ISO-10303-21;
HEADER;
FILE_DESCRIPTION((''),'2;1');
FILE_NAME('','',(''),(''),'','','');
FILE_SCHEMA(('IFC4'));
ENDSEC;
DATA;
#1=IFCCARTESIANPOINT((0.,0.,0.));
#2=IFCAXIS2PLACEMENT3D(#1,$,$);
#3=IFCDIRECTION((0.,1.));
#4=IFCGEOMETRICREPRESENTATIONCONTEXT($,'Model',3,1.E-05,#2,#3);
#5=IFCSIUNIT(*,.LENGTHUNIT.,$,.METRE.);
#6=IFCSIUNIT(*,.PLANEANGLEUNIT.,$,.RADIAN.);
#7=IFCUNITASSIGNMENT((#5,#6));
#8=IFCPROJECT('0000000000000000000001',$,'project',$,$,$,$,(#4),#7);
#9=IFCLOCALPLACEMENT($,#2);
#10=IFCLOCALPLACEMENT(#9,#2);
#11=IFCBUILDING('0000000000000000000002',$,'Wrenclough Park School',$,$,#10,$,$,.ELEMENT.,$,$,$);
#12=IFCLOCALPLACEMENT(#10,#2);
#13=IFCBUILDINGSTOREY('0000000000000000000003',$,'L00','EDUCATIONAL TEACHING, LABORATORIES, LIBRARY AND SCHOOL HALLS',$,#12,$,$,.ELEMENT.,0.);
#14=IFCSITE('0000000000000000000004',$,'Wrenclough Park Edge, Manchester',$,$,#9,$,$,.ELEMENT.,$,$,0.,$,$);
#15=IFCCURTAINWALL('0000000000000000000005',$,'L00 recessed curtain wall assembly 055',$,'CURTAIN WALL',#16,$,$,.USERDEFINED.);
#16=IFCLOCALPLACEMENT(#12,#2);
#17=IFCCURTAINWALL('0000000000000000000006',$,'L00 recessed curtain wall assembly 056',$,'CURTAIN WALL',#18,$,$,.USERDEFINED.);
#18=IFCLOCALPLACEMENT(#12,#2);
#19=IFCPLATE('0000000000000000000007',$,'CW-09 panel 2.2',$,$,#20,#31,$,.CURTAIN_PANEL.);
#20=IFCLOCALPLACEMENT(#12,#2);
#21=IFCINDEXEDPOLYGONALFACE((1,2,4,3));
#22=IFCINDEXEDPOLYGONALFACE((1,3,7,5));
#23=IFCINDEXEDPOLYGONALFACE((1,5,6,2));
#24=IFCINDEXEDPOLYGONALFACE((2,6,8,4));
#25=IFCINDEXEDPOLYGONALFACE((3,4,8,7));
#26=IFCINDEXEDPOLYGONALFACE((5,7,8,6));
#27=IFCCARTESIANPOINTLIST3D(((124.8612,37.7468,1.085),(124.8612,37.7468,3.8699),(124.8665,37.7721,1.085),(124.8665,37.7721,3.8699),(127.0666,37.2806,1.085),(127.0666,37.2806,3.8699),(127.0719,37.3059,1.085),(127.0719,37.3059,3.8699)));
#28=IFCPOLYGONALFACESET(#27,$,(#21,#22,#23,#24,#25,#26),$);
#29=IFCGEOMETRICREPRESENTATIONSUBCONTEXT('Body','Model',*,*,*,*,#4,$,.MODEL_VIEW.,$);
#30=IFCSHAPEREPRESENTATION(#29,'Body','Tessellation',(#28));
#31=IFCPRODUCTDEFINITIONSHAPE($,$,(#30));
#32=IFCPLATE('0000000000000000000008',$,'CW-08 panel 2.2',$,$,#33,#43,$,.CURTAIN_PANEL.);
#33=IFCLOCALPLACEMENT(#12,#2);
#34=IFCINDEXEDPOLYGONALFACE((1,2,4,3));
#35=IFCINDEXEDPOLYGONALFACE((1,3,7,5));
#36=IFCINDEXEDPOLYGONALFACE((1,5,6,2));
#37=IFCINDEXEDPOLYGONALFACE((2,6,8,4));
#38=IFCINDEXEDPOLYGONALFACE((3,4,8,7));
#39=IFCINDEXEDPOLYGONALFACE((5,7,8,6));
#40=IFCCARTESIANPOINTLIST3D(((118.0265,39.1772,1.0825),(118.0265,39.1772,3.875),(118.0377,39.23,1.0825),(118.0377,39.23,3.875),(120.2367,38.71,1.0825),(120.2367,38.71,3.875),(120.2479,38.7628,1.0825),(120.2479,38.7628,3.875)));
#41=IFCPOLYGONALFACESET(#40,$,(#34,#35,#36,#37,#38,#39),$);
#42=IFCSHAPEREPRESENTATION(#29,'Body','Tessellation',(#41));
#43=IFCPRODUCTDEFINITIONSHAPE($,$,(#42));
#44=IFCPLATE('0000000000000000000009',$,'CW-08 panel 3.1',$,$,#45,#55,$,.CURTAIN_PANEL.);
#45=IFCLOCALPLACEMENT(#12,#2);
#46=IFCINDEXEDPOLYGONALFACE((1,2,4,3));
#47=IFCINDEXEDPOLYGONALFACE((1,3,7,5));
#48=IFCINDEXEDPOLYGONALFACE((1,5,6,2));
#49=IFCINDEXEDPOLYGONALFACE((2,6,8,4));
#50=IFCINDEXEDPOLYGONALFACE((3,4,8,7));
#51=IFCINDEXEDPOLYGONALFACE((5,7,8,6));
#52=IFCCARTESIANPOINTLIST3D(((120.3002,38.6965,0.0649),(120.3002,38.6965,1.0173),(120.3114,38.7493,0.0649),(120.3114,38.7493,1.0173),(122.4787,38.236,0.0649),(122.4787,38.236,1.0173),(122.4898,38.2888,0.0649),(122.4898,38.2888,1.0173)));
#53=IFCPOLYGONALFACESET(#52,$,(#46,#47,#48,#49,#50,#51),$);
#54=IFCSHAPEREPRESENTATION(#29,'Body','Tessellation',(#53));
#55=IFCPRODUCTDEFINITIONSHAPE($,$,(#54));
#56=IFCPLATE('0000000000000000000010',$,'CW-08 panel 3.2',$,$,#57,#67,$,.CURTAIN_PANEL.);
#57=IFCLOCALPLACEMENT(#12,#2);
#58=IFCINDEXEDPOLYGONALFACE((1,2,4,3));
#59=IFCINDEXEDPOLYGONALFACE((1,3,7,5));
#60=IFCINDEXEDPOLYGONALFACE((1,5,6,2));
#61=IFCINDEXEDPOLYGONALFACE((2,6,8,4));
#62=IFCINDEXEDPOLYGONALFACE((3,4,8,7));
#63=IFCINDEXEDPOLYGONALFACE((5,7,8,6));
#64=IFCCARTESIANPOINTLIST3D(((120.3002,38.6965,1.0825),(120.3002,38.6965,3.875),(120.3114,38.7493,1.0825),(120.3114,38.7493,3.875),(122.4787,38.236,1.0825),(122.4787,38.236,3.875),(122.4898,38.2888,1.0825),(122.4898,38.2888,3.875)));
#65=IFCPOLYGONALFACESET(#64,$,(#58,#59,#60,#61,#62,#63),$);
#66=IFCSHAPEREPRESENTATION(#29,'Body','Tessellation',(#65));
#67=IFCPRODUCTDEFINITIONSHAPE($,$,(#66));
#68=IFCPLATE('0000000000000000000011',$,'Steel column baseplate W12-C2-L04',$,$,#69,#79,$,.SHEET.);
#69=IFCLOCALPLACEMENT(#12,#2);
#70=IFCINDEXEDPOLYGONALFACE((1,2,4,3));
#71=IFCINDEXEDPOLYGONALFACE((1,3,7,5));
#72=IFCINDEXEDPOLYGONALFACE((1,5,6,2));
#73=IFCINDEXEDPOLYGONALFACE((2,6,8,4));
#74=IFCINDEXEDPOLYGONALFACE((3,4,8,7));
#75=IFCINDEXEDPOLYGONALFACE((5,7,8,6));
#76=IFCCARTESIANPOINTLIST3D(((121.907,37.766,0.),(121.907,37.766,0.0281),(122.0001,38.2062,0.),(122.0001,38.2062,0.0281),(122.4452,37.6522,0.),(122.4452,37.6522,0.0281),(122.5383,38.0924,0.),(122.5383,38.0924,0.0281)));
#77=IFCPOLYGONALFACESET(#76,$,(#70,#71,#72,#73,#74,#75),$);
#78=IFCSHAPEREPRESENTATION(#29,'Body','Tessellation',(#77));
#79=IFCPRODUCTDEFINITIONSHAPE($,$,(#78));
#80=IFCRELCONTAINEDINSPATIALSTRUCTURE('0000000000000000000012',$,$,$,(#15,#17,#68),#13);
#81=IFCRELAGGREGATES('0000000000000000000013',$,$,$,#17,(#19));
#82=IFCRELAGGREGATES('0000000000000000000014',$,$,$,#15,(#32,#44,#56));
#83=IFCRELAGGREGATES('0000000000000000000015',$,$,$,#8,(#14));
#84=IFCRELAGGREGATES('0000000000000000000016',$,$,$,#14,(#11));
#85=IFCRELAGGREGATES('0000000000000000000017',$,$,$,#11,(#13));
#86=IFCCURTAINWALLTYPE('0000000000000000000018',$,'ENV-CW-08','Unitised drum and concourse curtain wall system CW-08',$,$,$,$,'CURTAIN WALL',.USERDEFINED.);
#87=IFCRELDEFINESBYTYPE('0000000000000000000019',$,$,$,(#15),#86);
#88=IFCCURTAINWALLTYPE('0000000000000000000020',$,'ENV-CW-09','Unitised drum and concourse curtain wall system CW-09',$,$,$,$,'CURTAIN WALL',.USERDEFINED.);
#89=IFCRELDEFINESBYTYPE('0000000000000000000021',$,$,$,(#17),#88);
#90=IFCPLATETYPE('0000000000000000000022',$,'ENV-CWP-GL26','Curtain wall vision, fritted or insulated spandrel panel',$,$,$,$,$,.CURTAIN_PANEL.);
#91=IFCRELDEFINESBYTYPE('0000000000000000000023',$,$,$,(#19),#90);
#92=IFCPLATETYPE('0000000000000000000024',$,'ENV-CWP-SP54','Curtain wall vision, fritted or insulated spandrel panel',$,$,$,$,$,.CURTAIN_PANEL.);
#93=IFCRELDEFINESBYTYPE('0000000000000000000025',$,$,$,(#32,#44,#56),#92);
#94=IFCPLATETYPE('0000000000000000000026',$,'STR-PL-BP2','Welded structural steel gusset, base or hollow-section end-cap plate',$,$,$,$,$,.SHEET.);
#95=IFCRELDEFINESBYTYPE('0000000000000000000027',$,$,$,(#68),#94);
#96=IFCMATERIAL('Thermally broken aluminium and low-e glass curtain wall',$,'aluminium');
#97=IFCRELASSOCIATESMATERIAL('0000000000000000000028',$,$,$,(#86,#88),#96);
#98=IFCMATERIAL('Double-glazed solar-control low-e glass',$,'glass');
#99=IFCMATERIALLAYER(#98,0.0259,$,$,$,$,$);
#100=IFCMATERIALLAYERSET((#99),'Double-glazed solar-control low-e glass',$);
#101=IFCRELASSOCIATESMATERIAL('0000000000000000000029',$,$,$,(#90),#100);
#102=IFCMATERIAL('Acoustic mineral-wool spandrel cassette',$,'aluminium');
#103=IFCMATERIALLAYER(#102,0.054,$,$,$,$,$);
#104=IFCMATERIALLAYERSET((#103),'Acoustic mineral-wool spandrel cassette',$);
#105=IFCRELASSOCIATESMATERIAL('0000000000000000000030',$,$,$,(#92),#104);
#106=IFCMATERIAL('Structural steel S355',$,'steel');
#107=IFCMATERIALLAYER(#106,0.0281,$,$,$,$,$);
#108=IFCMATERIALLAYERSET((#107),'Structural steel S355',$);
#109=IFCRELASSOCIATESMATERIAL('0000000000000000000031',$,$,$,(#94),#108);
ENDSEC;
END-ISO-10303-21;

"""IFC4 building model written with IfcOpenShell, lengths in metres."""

from ifc_helpers import new_model, si_unit, direction, frame, origin, origin_2d, place, context, subcontext, project, spatial, rectangle, extrude, material, layer, layer_set, type_object, element, aggregate, save


model = new_model("IFC4")

# Units and contexts
model_context = context("Model", 3, precision=1e-05, world=origin(), true_north=direction((0.0, 1.0)))
body_context = subcontext(model_context, "Body", "Model", "MODEL_VIEW")
ifc_project = project(units=[si_unit("LENGTHUNIT", "METRE"), si_unit("PLANEANGLEUNIT", "RADIAN")], contexts=[model_context])

# Site, building, storey
site_placement = place(None, origin())
site = spatial("IfcSite", under=ifc_project, at=site_placement, Name="Wrenclough Park Edge, Manchester", CompositionType="ELEMENT", RefElevation=0.0)
building_placement = place(site_placement, origin())
building = spatial("IfcBuilding", under=site, at=building_placement, Name="Wrenclough Park School", CompositionType="ELEMENT")
storey_placement = place(building_placement, origin())
storey = spatial("IfcBuildingStorey", under=building, at=storey_placement, Name="L00", Description="EDUCATIONAL TEACHING, LABORATORIES, LIBRARY AND SCHOOL HALLS", CompositionType="ELEMENT", Elevation=0.0)

# Shared definitions
ifc_material_1 = material(Name="Structural steel S355", Category="steel")

# Curtain walls
ifc_material_2 = material(Name="Thermally broken aluminium and low-e glass curtain wall", Category="aluminium")
curtain_wall_type_1 = type_object("IfcCurtainWallType", Name="ENV-CW-08", Description="Unitised drum and concourse curtain wall system CW-08", ElementType="CURTAIN WALL", PredefinedType="USERDEFINED", material=ifc_material_2)
curtain_wall_1_placement = place(storey_placement, origin())
curtain_wall_1 = element("IfcCurtainWall", 1, at=curtain_wall_1_placement, inside=storey, type_object=curtain_wall_type_1, Name="L00 recessed curtain wall assembly 055", ObjectType="CURTAIN WALL", PredefinedType="USERDEFINED")
curtain_wall_type_2 = type_object("IfcCurtainWallType", Name="ENV-CW-09", Description="Unitised drum and concourse curtain wall system CW-09", ElementType="CURTAIN WALL", PredefinedType="USERDEFINED", material=ifc_material_2)
curtain_wall_2_placement = place(storey_placement, origin())
curtain_wall_2 = element("IfcCurtainWall", 2, at=curtain_wall_2_placement, inside=storey, type_object=curtain_wall_type_2, Name="L00 recessed curtain wall assembly 056", ObjectType="CURTAIN WALL", PredefinedType="USERDEFINED")

# Plates
ifc_material_3 = material(Name="Double-glazed solar-control low-e glass", Category="glass")
ifc_layer_1 = layer(ifc_material_3, 0.0259)
ifc_layer_set_1 = layer_set([ifc_layer_1], Name="Double-glazed solar-control low-e glass")
plate_type_1 = type_object("IfcPlateType", Name="ENV-CWP-GL26", Description="Curtain wall vision, fritted or insulated spandrel panel", PredefinedType="CURTAIN_PANEL", material=ifc_layer_set_1)
plate_1_placement = place(storey_placement, frame((125.9666, 37.5264, 1.085), z_axis=(0.0, 0.0, 1.0), x_axis=(0.978379, -0.20682, 0.0)))
plate_1 = element("IfcPlate", 3, at=plate_1_placement, type_object=plate_type_1, Name="CW-09 panel 2.2", PredefinedType="CURTAIN_PANEL", context=body_context, shape_type="SweptSolid", body=[
    extrude(rectangle(XDim=2.2542, YDim=0.0259, at=origin_2d()), origin(), (0.0, 0.0, 1.0), 2.7849),
])
aggregate(curtain_wall_2, [plate_1])
ifc_material_4 = material(Name="Acoustic mineral-wool spandrel cassette", Category="aluminium")
ifc_layer_2 = layer(ifc_material_4, 0.054)
ifc_layer_set_2 = layer_set([ifc_layer_2], Name="Acoustic mineral-wool spandrel cassette")
plate_type_2 = type_object("IfcPlateType", Name="ENV-CWP-SP54", Description="Curtain wall vision, fritted or insulated spandrel panel", PredefinedType="CURTAIN_PANEL", material=ifc_layer_set_2)
plate_2_placement = place(storey_placement, frame((119.1372, 38.97, 1.0825), z_axis=(0.0, 0.0, 1.0), x_axis=(0.978382, -0.206806, 0.0)))
plate_2 = element("IfcPlate", 4, at=plate_2_placement, type_object=plate_type_2, Name="CW-08 panel 2.2", PredefinedType="CURTAIN_PANEL", context=body_context, shape_type="SweptSolid", body=[
    extrude(rectangle(XDim=2.259, YDim=0.054, at=origin_2d()), origin(), (0.0, 0.0, 1.0), 2.7925),
])
plate_3_placement = place(storey_placement, frame((121.395, 38.4927, 0.0649), z_axis=(0.0, 0.0, 1.0), x_axis=(0.978382, -0.206806, 0.0)))
plate_3 = element("IfcPlate", 5, at=plate_3_placement, type_object=plate_type_2, Name="CW-08 panel 3.1", PredefinedType="CURTAIN_PANEL", context=body_context, shape_type="SweptSolid", body=[
    extrude(rectangle(XDim=2.2266, YDim=0.054, at=origin_2d()), origin(), (0.0, 0.0, 1.0), 0.9524),
])
plate_4_placement = place(storey_placement, frame((121.395, 38.4927, 1.0825), z_axis=(0.0, 0.0, 1.0), x_axis=(0.978382, -0.206806, 0.0)))
plate_4 = element("IfcPlate", 6, at=plate_4_placement, type_object=plate_type_2, Name="CW-08 panel 3.2", PredefinedType="CURTAIN_PANEL", context=body_context, shape_type="SweptSolid", body=[
    extrude(rectangle(XDim=2.2266, YDim=0.054, at=origin_2d()), origin(), (0.0, 0.0, 1.0), 2.7925),
])
aggregate(curtain_wall_1, [plate_2, plate_3, plate_4])
ifc_layer_3 = layer(ifc_material_1, 0.0281)
ifc_layer_set_3 = layer_set([ifc_layer_3], Name="Structural steel S355")
plate_type_3 = type_object("IfcPlateType", Name="STR-PL-BP2", Description="Welded structural steel gusset, base or hollow-section end-cap plate", PredefinedType="SHEET", material=ifc_layer_set_3)
plate_5_placement = place(storey_placement, frame((122.2227, 37.9292, 0.0), z_axis=(0.0, 0.0, 1.0), x_axis=(0.978365, -0.206887, 0.0)))
element("IfcPlate", 7, at=plate_5_placement, inside=storey, type_object=plate_type_3, Name="Steel column baseplate W12-C2-L04", PredefinedType="SHEET", context=body_context, shape_type="SweptSolid", body=[
    extrude(rectangle(XDim=0.55, YDim=0.45, at=origin_2d()), origin(), (0.0, 0.0, 1.0), 0.0281),
])

save(model, "model.ifc")
